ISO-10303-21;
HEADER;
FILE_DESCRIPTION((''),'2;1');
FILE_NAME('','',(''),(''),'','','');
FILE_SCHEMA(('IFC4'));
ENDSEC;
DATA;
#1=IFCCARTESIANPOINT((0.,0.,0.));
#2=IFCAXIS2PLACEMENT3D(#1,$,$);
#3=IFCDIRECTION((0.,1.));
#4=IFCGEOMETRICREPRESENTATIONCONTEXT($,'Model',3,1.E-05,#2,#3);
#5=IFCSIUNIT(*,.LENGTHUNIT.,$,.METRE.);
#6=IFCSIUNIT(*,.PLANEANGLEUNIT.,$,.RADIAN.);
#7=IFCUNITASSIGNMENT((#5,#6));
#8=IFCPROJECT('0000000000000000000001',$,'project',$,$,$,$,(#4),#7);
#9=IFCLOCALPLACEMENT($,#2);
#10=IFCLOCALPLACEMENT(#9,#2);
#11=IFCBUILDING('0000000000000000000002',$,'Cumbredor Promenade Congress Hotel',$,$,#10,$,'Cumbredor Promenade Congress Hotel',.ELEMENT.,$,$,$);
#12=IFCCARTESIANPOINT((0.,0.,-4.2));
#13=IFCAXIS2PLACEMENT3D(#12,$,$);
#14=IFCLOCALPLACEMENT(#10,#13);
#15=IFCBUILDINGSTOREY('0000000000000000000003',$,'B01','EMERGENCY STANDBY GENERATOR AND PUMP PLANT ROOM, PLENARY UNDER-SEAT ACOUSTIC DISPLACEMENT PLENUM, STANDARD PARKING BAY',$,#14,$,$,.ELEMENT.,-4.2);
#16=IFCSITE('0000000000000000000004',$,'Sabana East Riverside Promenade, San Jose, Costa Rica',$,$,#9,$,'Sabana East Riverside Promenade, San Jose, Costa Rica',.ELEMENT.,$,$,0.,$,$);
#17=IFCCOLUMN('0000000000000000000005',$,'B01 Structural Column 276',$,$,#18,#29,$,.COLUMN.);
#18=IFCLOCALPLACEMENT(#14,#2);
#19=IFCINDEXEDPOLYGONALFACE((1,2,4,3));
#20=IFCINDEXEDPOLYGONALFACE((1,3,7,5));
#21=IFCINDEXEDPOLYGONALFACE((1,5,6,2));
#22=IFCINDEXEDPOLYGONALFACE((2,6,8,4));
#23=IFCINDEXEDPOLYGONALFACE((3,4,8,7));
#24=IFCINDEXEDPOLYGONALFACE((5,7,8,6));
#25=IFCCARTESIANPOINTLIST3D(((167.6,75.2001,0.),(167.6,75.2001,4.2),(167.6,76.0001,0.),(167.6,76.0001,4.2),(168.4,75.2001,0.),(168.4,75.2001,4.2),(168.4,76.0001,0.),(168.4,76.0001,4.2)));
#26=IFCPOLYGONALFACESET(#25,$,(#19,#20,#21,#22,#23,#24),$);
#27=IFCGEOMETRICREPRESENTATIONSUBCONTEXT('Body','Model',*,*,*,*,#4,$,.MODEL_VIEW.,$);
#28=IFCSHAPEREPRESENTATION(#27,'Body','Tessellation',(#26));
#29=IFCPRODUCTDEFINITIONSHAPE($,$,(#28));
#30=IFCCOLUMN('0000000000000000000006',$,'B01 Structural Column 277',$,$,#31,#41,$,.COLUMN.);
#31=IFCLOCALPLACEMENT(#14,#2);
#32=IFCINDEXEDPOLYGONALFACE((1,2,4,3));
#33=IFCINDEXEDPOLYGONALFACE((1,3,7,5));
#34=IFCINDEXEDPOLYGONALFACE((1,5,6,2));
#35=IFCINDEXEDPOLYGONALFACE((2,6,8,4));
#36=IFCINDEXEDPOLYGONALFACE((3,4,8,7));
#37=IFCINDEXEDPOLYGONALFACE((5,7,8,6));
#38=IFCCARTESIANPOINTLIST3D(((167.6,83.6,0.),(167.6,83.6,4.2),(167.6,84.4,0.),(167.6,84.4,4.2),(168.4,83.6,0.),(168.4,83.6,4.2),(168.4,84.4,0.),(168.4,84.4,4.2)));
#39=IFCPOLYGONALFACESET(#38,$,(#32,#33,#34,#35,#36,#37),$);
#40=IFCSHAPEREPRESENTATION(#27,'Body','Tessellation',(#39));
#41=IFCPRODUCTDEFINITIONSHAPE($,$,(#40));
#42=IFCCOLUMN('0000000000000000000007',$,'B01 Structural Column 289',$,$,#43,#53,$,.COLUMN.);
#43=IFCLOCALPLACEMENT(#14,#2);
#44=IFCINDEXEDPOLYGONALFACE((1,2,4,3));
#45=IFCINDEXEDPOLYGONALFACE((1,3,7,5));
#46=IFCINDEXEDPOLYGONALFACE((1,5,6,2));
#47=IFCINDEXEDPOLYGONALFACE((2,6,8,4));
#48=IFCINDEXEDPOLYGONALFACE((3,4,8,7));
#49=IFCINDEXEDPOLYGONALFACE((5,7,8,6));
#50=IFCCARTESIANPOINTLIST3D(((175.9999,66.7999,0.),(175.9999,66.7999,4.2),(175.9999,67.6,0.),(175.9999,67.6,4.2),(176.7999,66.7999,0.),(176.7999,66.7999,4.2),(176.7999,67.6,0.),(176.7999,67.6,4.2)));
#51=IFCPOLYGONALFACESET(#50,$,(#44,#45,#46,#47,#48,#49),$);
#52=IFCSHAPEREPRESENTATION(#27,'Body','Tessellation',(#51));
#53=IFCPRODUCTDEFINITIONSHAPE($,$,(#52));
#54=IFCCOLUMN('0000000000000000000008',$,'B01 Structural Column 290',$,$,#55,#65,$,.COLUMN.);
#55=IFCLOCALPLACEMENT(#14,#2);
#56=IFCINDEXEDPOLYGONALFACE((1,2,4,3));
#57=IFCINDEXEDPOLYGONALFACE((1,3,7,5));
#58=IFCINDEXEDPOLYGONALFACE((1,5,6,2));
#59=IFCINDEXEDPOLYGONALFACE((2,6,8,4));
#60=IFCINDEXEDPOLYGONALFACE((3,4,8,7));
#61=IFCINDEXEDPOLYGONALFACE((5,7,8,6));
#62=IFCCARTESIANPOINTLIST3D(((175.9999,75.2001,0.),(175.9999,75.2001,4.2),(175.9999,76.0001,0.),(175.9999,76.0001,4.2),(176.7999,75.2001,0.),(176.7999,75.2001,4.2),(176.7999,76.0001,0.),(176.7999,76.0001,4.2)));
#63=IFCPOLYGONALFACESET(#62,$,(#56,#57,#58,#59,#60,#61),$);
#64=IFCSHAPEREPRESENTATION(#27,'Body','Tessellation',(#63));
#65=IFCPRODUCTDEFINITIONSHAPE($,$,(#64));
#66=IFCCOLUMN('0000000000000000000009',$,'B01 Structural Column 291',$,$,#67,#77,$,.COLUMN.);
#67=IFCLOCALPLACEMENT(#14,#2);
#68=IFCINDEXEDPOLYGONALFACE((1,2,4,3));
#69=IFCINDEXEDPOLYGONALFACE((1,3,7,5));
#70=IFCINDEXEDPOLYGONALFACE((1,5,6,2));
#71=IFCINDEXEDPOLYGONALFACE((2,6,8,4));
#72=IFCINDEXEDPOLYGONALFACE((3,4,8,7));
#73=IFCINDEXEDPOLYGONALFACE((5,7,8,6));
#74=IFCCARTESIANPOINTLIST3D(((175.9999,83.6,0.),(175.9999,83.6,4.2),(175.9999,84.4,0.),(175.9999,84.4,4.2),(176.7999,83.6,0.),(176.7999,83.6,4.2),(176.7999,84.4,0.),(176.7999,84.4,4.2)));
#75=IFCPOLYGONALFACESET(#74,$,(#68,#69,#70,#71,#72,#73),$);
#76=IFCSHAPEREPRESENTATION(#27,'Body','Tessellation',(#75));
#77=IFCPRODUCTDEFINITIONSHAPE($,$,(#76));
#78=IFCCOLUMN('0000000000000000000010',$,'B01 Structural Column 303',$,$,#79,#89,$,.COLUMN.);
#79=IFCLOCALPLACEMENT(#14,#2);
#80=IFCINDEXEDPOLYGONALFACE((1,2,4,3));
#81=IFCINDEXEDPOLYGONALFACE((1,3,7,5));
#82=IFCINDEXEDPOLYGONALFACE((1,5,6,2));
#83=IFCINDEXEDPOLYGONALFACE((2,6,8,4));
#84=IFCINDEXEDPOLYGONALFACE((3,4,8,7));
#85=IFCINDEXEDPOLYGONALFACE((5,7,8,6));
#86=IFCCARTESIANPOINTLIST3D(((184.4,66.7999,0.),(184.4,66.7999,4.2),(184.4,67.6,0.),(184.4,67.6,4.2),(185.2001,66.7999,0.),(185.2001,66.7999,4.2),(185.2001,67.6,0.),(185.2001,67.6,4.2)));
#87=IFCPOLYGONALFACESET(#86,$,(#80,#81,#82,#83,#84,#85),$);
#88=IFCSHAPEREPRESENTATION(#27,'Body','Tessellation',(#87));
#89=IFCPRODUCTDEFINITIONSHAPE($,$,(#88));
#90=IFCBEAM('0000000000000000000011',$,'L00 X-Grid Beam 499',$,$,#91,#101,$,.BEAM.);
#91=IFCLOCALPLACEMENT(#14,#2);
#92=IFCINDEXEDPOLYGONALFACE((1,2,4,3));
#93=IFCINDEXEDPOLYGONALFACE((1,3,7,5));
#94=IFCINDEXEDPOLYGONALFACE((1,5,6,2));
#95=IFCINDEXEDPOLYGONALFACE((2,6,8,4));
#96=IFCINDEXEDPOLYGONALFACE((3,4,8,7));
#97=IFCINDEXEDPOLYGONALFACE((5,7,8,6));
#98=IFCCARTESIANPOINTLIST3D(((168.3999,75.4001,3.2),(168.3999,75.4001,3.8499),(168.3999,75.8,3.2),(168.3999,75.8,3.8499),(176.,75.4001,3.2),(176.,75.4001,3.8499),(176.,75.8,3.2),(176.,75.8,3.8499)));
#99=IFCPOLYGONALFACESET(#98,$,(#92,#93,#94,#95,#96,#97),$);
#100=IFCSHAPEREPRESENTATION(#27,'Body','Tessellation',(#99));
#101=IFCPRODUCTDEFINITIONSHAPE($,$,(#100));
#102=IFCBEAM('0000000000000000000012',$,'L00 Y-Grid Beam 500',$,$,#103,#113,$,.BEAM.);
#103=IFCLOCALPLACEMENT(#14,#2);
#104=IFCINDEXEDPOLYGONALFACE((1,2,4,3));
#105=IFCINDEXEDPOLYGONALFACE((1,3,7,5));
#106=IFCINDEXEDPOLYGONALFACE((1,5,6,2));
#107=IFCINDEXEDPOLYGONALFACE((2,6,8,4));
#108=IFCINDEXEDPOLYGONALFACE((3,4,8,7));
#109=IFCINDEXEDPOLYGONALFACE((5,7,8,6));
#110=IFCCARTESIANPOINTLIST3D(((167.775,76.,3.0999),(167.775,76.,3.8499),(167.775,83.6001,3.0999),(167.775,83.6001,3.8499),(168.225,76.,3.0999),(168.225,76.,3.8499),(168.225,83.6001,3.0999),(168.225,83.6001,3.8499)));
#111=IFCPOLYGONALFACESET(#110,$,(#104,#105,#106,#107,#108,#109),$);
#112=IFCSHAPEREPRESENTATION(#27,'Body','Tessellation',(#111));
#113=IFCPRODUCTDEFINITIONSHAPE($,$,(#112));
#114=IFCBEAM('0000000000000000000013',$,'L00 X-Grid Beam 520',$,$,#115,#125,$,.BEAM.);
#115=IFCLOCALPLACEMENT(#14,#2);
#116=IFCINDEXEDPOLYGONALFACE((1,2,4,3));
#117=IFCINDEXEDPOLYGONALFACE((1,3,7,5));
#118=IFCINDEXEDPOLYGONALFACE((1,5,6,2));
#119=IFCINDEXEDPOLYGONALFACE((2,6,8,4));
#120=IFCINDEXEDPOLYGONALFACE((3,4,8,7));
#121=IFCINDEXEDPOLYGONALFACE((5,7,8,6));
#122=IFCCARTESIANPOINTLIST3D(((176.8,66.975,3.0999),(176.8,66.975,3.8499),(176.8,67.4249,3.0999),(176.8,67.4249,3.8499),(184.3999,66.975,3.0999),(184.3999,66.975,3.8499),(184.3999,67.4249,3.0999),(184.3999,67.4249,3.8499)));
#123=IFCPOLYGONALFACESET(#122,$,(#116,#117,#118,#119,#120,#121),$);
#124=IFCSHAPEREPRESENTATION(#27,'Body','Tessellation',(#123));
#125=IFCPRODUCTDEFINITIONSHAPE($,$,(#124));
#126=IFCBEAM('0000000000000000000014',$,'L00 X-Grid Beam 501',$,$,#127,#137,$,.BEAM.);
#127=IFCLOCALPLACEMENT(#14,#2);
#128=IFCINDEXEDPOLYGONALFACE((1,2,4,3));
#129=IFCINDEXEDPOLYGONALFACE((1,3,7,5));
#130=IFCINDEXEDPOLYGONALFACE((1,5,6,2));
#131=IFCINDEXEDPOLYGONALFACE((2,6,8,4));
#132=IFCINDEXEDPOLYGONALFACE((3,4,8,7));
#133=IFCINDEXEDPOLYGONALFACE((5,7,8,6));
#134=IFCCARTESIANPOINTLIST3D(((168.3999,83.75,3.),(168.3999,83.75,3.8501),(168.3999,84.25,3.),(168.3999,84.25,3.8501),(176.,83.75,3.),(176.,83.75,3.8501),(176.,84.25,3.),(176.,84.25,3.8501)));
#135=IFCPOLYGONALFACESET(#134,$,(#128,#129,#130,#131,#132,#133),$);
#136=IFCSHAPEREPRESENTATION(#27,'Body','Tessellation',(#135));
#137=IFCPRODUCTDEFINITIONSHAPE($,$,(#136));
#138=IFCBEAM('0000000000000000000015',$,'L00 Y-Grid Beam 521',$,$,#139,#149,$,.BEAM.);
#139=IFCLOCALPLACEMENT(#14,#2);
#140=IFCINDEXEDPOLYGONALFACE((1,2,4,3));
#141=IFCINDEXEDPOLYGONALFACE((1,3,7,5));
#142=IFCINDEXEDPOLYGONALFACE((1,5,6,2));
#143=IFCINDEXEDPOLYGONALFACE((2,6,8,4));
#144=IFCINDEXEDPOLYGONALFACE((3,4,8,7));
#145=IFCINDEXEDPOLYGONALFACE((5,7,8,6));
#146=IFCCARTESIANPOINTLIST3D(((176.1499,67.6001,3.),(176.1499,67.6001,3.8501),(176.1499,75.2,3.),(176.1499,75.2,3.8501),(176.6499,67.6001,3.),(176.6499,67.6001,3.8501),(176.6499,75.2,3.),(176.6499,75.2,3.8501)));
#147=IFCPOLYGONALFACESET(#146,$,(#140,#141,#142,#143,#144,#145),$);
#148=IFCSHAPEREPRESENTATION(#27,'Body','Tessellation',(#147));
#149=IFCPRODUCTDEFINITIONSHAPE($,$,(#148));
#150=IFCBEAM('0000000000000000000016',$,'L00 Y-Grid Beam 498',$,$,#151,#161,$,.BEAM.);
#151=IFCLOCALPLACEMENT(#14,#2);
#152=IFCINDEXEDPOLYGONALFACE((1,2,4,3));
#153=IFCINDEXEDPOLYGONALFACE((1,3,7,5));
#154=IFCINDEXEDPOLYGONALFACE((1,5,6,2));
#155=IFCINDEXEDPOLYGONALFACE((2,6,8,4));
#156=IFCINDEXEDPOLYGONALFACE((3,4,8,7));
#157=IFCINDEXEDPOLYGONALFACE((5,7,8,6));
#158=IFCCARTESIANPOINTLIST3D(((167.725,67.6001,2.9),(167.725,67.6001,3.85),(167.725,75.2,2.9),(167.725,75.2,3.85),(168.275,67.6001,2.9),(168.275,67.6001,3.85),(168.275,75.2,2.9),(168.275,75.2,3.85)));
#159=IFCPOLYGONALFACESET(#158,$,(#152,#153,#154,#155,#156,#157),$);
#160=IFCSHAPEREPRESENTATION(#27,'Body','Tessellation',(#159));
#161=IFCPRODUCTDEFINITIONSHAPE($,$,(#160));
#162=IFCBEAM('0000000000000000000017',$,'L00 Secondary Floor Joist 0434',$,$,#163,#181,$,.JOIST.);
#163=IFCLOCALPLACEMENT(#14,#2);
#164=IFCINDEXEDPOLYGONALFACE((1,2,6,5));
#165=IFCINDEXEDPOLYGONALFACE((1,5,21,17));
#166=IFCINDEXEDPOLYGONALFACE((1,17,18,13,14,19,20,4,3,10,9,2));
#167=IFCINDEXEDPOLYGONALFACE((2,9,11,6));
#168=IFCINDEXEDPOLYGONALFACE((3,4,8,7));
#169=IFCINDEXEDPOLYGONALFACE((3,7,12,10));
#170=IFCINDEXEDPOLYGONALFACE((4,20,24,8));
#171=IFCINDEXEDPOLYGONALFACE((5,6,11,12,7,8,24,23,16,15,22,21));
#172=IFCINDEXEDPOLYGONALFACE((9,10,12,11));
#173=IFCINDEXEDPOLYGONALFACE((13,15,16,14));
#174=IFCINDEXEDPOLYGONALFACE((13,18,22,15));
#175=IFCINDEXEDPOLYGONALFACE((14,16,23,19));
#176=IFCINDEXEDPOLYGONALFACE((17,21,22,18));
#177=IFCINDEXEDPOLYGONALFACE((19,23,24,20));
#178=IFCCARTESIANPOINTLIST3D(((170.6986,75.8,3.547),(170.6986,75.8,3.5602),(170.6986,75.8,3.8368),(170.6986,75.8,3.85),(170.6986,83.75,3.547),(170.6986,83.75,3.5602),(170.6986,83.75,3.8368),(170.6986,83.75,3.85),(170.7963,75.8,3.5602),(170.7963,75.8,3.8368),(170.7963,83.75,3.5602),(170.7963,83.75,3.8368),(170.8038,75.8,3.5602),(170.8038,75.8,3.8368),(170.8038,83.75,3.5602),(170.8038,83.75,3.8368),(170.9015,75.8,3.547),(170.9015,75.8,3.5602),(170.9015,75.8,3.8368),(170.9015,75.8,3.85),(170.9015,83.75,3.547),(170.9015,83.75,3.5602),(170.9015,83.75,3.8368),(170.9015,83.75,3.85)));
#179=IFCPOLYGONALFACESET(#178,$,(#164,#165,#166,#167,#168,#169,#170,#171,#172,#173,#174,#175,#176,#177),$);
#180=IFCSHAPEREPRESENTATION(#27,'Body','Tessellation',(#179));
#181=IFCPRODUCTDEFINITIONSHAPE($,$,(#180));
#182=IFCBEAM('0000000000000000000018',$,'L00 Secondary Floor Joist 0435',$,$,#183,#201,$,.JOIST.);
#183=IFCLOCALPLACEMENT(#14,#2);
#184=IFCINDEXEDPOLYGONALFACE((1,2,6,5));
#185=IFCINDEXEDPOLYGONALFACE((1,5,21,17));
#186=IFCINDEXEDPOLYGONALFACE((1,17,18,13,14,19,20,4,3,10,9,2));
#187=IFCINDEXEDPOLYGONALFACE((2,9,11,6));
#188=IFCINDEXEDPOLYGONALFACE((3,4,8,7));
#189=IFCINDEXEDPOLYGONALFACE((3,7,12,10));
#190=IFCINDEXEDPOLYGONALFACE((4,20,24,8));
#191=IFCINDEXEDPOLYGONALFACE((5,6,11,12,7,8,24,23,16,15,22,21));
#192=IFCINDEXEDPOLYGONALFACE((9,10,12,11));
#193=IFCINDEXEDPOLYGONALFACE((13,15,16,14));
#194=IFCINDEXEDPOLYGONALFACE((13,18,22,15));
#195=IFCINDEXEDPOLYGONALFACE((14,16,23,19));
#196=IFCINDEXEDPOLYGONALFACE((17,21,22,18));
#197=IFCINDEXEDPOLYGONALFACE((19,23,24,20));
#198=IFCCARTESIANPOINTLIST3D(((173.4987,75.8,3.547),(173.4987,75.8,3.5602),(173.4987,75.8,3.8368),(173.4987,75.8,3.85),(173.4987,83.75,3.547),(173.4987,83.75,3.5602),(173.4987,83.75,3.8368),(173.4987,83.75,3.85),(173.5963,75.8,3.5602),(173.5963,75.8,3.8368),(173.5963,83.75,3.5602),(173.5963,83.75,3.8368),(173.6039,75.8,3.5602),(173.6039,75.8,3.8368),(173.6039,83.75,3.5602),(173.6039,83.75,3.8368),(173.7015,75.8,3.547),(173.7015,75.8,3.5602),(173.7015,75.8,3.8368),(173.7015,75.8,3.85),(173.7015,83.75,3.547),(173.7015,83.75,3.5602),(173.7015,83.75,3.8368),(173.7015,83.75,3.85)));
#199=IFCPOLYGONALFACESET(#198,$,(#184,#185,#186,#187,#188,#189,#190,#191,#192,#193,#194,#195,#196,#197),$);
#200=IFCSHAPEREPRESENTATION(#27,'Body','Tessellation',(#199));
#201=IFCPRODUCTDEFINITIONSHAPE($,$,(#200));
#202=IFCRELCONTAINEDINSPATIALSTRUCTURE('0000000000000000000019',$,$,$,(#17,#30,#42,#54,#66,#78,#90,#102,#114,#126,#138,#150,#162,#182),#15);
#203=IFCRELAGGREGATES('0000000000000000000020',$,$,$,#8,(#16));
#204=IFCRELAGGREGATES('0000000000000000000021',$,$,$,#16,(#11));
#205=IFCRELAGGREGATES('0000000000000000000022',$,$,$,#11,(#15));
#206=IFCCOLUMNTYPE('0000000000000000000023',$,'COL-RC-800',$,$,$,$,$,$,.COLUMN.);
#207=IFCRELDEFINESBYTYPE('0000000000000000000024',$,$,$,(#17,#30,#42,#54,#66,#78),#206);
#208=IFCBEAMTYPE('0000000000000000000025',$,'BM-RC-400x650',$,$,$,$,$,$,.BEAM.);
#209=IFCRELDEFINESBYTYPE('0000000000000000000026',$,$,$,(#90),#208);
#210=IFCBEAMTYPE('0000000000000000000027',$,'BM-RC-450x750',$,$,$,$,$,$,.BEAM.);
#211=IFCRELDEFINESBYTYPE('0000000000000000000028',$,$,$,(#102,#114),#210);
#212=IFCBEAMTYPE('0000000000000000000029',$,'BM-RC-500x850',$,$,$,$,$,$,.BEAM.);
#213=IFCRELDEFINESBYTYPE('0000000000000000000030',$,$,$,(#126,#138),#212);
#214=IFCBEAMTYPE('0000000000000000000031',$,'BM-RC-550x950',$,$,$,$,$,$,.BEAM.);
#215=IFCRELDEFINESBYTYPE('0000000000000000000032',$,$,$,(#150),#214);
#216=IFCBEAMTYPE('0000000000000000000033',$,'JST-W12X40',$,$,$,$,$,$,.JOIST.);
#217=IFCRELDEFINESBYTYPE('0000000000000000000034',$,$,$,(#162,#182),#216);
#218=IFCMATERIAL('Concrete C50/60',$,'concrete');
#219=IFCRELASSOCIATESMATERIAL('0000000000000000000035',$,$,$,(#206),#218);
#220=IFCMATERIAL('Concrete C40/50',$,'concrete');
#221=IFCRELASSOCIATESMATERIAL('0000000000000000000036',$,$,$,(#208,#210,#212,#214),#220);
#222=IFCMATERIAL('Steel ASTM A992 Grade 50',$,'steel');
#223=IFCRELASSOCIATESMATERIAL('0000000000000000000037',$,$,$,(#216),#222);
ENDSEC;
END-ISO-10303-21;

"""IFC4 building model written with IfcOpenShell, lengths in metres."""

from ifc_helpers import new_model, si_unit, direction, frame, origin, origin_2d, place, context, subcontext, project, spatial, rectangle, i_section, extrude, material, material_profile, profile_set, type_object, element, save


model = new_model("IFC4")

# Units and contexts
model_context = context("Model", 3, precision=1e-05, world=origin(), true_north=direction((0.0, 1.0)))
body_context = subcontext(model_context, "Body", "Model", "MODEL_VIEW")
ifc_project = project(units=[si_unit("LENGTHUNIT", "METRE"), si_unit("PLANEANGLEUNIT", "RADIAN")], contexts=[model_context])

# Site, building, storey
site_placement = place(None, origin())
site = spatial("IfcSite", under=ifc_project, at=site_placement, Name="Sabana East Riverside Promenade, San Jose, Costa Rica", LongName="Sabana East Riverside Promenade, San Jose, Costa Rica", CompositionType="ELEMENT", RefElevation=0.0)
building_placement = place(site_placement, origin())
building = spatial("IfcBuilding", under=site, at=building_placement, Name="Cumbredor Promenade Congress Hotel", LongName="Cumbredor Promenade Congress Hotel", CompositionType="ELEMENT")
storey_placement = place(building_placement, frame((0.0, 0.0, -4.2)))
storey = spatial("IfcBuildingStorey", under=building, at=storey_placement, Name="B01", Description="EMERGENCY STANDBY GENERATOR AND PUMP PLANT ROOM, PLENARY UNDER-SEAT ACOUSTIC DISPLACEMENT PLENUM, STANDARD PARKING BAY", CompositionType="ELEMENT", Elevation=-4.2)

# Columns
ifc_material_1 = material(Name="Concrete C50/60", Category="concrete")
ifc_material_profile_1 = material_profile(ifc_material_1, rectangle(XDim=0.8, YDim=0.8, at=origin_2d()), Name="RC 800x800")
ifc_profile_set_1 = profile_set([ifc_material_profile_1], Name="Concrete C50/60")
column_type = type_object("IfcColumnType", Name="COL-RC-800", PredefinedType="COLUMN", material=ifc_profile_set_1)
for number, where, z_axis, x_axis, name in (
    (1, (168.0, 75.6001, 0.0), (0.0, 0.0, 1.0), (1.0, 0.0, 0.0), "B01 Structural Column 276"),
    (2, (168.0, 84.0, 0.0), (0.0, 0.0, 1.0), (1.0, 0.0, 0.0), "B01 Structural Column 277"),
    (3, (176.3999, 67.2, 0.0), (0.0, 0.0, 1.0), (1.0, 0.0, 0.0), "B01 Structural Column 289"),
    (4, (176.3999, 75.6001, 0.0), (0.0, 0.0, 1.0), (1.0, 0.0, 0.0), "B01 Structural Column 290"),
    (5, (176.3999, 84.0, 0.0), (0.0, 0.0, 1.0), (1.0, 0.0, 0.0), "B01 Structural Column 291"),
    (6, (184.8, 67.2, 0.0), (0.0, 0.0, 1.0), (1.0, 0.0, 0.0), "B01 Structural Column 303"),
):
    element("IfcColumn", number, at=place(storey_placement, frame(where, z_axis=z_axis, x_axis=x_axis)), inside=storey, type_object=column_type, Name=name, PredefinedType="COLUMN", context=body_context, shape_type="SweptSolid", body=[
        extrude(rectangle(XDim=0.8, YDim=0.8, at=origin_2d()), origin(), (0.0, 0.0, 1.0), 4.2),
    ])

# Beams
ifc_material_2 = material(Name="Concrete C40/50", Category="concrete")
ifc_material_profile_2 = material_profile(ifc_material_2, rectangle(XDim=0.3999, YDim=0.6499, at=origin_2d()), Name="RC BEAM 400x650")
ifc_profile_set_2 = profile_set([ifc_material_profile_2], Name="Concrete C40/50")
beam_type_1 = type_object("IfcBeamType", Name="BM-RC-400x650", PredefinedType="BEAM", material=ifc_profile_set_2)
beam_1_placement = place(storey_placement, frame((168.3999, 75.6001, 3.5249), z_axis=(1.0, 0.0, 0.0), x_axis=(0.0, 1.0, 0.0)))
element("IfcBeam", 7, at=beam_1_placement, inside=storey, type_object=beam_type_1, Name="L00 X-Grid Beam 499", PredefinedType="BEAM", context=body_context, shape_type="SweptSolid", body=[
    extrude(rectangle(XDim=0.3999, YDim=0.6499, at=origin_2d()), origin(), (0.0, 0.0, 1.0), 7.6001),
])
ifc_material_profile_3 = material_profile(ifc_material_2, rectangle(XDim=0.45, YDim=0.75, at=origin_2d()), Name="RC BEAM 450x750")
ifc_profile_set_3 = profile_set([ifc_material_profile_3], Name="Concrete C40/50")
beam_type_2 = type_object("IfcBeamType", Name="BM-RC-450x750", PredefinedType="BEAM", material=ifc_profile_set_3)
beam_2_placement = place(storey_placement, frame((168.0, 76.0, 3.4749), z_axis=(0.0, 1.0, 0.0), x_axis=(-1.0, 0.0, 0.0)))
element("IfcBeam", 8, at=beam_2_placement, inside=storey, type_object=beam_type_2, Name="L00 Y-Grid Beam 500", PredefinedType="BEAM", context=body_context, shape_type="SweptSolid", body=[
    extrude(rectangle(XDim=0.45, YDim=0.75, at=origin_2d()), origin(), (0.0, 0.0, 1.0), 7.6001),
])
beam_3_placement = place(storey_placement, frame((176.8, 67.2, 3.4749), z_axis=(1.0, 0.0, 0.0), x_axis=(0.0, 1.0, 0.0)))
element("IfcBeam", 9, at=beam_3_placement, inside=storey, type_object=beam_type_2, Name="L00 X-Grid Beam 520", PredefinedType="BEAM", context=body_context, shape_type="SweptSolid", body=[
    extrude(rectangle(XDim=0.45, YDim=0.75, at=origin_2d()), origin(), (0.0, 0.0, 1.0), 7.5999),
])
ifc_material_profile_4 = material_profile(ifc_material_2, rectangle(XDim=0.5, YDim=0.8501, at=origin_2d()), Name="RC BEAM 500x850")
ifc_profile_set_4 = profile_set([ifc_material_profile_4], Name="Concrete C40/50")
beam_type_3 = type_object("IfcBeamType", Name="BM-RC-500x850", PredefinedType="BEAM", material=ifc_profile_set_4)
beam_4_placement = place(storey_placement, frame((168.3999, 84.0, 3.425), z_axis=(1.0, 0.0, 0.0), x_axis=(0.0, 1.0, 0.0)))
element("IfcBeam", 10, at=beam_4_placement, inside=storey, type_object=beam_type_3, Name="L00 X-Grid Beam 501", PredefinedType="BEAM", context=body_context, shape_type="SweptSolid", body=[
    extrude(rectangle(XDim=0.5, YDim=0.8501, at=origin_2d()), origin(), (0.0, 0.0, 1.0), 7.6001),
])
beam_5_placement = place(storey_placement, frame((176.3999, 67.6001, 3.425), z_axis=(0.0, 1.0, 0.0), x_axis=(-1.0, 0.0, 0.0)))
element("IfcBeam", 11, at=beam_5_placement, inside=storey, type_object=beam_type_3, Name="L00 Y-Grid Beam 521", PredefinedType="BEAM", context=body_context, shape_type="SweptSolid", body=[
    extrude(rectangle(XDim=0.5, YDim=0.8501, at=origin_2d()), origin(), (0.0, 0.0, 1.0), 7.5999),
])
ifc_material_profile_5 = material_profile(ifc_material_2, rectangle(XDim=0.55, YDim=0.95, at=origin_2d()), Name="RC BEAM 550x950")
ifc_profile_set_5 = profile_set([ifc_material_profile_5], Name="Concrete C40/50")
beam_type_4 = type_object("IfcBeamType", Name="BM-RC-550x950", PredefinedType="BEAM", material=ifc_profile_set_5)
beam_6_placement = place(storey_placement, frame((168.0, 67.6001, 3.375), z_axis=(0.0, 1.0, 0.0), x_axis=(-1.0, 0.0, 0.0)))
element("IfcBeam", 12, at=beam_6_placement, inside=storey, type_object=beam_type_4, Name="L00 Y-Grid Beam 498", PredefinedType="BEAM", context=body_context, shape_type="SweptSolid", body=[
    extrude(rectangle(XDim=0.55, YDim=0.95, at=origin_2d()), origin(), (0.0, 0.0, 1.0), 7.5999),
])
ifc_material_3 = material(Name="Steel ASTM A992 Grade 50", Category="steel")
ifc_material_profile_6 = material_profile(ifc_material_3, i_section(OverallWidth=0.2029, OverallDepth=0.303, WebThickness=0.0076, FlangeThickness=0.0132, at=origin_2d()), Name="W12X40")
ifc_profile_set_6 = profile_set([ifc_material_profile_6], Name="Steel ASTM A992 Grade 50")
beam_type_5 = type_object("IfcBeamType", Name="JST-W12X40", PredefinedType="JOIST", material=ifc_profile_set_6)
for number, where, z_axis, x_axis, name in (
    (13, (170.8, 75.8, 3.6985), (0.0, 1.0, 0.0), (-1.0, 0.0, 0.0), "L00 Secondary Floor Joist 0434"),
    (14, (173.6001, 75.8, 3.6985), (0.0, 1.0, 0.0), (-1.0, 0.0, 0.0), "L00 Secondary Floor Joist 0435"),
):
    element("IfcBeam", number, at=place(storey_placement, frame(where, z_axis=z_axis, x_axis=x_axis)), inside=storey, type_object=beam_type_5, Name=name, PredefinedType="JOIST", context=body_context, shape_type="SweptSolid", body=[
        extrude(i_section(OverallWidth=0.2029, OverallDepth=0.303, WebThickness=0.0076, FlangeThickness=0.0132, at=origin_2d()), origin(), (0.0, 0.0, 1.0), 7.95),
    ])

save(model, "model.ifc")
